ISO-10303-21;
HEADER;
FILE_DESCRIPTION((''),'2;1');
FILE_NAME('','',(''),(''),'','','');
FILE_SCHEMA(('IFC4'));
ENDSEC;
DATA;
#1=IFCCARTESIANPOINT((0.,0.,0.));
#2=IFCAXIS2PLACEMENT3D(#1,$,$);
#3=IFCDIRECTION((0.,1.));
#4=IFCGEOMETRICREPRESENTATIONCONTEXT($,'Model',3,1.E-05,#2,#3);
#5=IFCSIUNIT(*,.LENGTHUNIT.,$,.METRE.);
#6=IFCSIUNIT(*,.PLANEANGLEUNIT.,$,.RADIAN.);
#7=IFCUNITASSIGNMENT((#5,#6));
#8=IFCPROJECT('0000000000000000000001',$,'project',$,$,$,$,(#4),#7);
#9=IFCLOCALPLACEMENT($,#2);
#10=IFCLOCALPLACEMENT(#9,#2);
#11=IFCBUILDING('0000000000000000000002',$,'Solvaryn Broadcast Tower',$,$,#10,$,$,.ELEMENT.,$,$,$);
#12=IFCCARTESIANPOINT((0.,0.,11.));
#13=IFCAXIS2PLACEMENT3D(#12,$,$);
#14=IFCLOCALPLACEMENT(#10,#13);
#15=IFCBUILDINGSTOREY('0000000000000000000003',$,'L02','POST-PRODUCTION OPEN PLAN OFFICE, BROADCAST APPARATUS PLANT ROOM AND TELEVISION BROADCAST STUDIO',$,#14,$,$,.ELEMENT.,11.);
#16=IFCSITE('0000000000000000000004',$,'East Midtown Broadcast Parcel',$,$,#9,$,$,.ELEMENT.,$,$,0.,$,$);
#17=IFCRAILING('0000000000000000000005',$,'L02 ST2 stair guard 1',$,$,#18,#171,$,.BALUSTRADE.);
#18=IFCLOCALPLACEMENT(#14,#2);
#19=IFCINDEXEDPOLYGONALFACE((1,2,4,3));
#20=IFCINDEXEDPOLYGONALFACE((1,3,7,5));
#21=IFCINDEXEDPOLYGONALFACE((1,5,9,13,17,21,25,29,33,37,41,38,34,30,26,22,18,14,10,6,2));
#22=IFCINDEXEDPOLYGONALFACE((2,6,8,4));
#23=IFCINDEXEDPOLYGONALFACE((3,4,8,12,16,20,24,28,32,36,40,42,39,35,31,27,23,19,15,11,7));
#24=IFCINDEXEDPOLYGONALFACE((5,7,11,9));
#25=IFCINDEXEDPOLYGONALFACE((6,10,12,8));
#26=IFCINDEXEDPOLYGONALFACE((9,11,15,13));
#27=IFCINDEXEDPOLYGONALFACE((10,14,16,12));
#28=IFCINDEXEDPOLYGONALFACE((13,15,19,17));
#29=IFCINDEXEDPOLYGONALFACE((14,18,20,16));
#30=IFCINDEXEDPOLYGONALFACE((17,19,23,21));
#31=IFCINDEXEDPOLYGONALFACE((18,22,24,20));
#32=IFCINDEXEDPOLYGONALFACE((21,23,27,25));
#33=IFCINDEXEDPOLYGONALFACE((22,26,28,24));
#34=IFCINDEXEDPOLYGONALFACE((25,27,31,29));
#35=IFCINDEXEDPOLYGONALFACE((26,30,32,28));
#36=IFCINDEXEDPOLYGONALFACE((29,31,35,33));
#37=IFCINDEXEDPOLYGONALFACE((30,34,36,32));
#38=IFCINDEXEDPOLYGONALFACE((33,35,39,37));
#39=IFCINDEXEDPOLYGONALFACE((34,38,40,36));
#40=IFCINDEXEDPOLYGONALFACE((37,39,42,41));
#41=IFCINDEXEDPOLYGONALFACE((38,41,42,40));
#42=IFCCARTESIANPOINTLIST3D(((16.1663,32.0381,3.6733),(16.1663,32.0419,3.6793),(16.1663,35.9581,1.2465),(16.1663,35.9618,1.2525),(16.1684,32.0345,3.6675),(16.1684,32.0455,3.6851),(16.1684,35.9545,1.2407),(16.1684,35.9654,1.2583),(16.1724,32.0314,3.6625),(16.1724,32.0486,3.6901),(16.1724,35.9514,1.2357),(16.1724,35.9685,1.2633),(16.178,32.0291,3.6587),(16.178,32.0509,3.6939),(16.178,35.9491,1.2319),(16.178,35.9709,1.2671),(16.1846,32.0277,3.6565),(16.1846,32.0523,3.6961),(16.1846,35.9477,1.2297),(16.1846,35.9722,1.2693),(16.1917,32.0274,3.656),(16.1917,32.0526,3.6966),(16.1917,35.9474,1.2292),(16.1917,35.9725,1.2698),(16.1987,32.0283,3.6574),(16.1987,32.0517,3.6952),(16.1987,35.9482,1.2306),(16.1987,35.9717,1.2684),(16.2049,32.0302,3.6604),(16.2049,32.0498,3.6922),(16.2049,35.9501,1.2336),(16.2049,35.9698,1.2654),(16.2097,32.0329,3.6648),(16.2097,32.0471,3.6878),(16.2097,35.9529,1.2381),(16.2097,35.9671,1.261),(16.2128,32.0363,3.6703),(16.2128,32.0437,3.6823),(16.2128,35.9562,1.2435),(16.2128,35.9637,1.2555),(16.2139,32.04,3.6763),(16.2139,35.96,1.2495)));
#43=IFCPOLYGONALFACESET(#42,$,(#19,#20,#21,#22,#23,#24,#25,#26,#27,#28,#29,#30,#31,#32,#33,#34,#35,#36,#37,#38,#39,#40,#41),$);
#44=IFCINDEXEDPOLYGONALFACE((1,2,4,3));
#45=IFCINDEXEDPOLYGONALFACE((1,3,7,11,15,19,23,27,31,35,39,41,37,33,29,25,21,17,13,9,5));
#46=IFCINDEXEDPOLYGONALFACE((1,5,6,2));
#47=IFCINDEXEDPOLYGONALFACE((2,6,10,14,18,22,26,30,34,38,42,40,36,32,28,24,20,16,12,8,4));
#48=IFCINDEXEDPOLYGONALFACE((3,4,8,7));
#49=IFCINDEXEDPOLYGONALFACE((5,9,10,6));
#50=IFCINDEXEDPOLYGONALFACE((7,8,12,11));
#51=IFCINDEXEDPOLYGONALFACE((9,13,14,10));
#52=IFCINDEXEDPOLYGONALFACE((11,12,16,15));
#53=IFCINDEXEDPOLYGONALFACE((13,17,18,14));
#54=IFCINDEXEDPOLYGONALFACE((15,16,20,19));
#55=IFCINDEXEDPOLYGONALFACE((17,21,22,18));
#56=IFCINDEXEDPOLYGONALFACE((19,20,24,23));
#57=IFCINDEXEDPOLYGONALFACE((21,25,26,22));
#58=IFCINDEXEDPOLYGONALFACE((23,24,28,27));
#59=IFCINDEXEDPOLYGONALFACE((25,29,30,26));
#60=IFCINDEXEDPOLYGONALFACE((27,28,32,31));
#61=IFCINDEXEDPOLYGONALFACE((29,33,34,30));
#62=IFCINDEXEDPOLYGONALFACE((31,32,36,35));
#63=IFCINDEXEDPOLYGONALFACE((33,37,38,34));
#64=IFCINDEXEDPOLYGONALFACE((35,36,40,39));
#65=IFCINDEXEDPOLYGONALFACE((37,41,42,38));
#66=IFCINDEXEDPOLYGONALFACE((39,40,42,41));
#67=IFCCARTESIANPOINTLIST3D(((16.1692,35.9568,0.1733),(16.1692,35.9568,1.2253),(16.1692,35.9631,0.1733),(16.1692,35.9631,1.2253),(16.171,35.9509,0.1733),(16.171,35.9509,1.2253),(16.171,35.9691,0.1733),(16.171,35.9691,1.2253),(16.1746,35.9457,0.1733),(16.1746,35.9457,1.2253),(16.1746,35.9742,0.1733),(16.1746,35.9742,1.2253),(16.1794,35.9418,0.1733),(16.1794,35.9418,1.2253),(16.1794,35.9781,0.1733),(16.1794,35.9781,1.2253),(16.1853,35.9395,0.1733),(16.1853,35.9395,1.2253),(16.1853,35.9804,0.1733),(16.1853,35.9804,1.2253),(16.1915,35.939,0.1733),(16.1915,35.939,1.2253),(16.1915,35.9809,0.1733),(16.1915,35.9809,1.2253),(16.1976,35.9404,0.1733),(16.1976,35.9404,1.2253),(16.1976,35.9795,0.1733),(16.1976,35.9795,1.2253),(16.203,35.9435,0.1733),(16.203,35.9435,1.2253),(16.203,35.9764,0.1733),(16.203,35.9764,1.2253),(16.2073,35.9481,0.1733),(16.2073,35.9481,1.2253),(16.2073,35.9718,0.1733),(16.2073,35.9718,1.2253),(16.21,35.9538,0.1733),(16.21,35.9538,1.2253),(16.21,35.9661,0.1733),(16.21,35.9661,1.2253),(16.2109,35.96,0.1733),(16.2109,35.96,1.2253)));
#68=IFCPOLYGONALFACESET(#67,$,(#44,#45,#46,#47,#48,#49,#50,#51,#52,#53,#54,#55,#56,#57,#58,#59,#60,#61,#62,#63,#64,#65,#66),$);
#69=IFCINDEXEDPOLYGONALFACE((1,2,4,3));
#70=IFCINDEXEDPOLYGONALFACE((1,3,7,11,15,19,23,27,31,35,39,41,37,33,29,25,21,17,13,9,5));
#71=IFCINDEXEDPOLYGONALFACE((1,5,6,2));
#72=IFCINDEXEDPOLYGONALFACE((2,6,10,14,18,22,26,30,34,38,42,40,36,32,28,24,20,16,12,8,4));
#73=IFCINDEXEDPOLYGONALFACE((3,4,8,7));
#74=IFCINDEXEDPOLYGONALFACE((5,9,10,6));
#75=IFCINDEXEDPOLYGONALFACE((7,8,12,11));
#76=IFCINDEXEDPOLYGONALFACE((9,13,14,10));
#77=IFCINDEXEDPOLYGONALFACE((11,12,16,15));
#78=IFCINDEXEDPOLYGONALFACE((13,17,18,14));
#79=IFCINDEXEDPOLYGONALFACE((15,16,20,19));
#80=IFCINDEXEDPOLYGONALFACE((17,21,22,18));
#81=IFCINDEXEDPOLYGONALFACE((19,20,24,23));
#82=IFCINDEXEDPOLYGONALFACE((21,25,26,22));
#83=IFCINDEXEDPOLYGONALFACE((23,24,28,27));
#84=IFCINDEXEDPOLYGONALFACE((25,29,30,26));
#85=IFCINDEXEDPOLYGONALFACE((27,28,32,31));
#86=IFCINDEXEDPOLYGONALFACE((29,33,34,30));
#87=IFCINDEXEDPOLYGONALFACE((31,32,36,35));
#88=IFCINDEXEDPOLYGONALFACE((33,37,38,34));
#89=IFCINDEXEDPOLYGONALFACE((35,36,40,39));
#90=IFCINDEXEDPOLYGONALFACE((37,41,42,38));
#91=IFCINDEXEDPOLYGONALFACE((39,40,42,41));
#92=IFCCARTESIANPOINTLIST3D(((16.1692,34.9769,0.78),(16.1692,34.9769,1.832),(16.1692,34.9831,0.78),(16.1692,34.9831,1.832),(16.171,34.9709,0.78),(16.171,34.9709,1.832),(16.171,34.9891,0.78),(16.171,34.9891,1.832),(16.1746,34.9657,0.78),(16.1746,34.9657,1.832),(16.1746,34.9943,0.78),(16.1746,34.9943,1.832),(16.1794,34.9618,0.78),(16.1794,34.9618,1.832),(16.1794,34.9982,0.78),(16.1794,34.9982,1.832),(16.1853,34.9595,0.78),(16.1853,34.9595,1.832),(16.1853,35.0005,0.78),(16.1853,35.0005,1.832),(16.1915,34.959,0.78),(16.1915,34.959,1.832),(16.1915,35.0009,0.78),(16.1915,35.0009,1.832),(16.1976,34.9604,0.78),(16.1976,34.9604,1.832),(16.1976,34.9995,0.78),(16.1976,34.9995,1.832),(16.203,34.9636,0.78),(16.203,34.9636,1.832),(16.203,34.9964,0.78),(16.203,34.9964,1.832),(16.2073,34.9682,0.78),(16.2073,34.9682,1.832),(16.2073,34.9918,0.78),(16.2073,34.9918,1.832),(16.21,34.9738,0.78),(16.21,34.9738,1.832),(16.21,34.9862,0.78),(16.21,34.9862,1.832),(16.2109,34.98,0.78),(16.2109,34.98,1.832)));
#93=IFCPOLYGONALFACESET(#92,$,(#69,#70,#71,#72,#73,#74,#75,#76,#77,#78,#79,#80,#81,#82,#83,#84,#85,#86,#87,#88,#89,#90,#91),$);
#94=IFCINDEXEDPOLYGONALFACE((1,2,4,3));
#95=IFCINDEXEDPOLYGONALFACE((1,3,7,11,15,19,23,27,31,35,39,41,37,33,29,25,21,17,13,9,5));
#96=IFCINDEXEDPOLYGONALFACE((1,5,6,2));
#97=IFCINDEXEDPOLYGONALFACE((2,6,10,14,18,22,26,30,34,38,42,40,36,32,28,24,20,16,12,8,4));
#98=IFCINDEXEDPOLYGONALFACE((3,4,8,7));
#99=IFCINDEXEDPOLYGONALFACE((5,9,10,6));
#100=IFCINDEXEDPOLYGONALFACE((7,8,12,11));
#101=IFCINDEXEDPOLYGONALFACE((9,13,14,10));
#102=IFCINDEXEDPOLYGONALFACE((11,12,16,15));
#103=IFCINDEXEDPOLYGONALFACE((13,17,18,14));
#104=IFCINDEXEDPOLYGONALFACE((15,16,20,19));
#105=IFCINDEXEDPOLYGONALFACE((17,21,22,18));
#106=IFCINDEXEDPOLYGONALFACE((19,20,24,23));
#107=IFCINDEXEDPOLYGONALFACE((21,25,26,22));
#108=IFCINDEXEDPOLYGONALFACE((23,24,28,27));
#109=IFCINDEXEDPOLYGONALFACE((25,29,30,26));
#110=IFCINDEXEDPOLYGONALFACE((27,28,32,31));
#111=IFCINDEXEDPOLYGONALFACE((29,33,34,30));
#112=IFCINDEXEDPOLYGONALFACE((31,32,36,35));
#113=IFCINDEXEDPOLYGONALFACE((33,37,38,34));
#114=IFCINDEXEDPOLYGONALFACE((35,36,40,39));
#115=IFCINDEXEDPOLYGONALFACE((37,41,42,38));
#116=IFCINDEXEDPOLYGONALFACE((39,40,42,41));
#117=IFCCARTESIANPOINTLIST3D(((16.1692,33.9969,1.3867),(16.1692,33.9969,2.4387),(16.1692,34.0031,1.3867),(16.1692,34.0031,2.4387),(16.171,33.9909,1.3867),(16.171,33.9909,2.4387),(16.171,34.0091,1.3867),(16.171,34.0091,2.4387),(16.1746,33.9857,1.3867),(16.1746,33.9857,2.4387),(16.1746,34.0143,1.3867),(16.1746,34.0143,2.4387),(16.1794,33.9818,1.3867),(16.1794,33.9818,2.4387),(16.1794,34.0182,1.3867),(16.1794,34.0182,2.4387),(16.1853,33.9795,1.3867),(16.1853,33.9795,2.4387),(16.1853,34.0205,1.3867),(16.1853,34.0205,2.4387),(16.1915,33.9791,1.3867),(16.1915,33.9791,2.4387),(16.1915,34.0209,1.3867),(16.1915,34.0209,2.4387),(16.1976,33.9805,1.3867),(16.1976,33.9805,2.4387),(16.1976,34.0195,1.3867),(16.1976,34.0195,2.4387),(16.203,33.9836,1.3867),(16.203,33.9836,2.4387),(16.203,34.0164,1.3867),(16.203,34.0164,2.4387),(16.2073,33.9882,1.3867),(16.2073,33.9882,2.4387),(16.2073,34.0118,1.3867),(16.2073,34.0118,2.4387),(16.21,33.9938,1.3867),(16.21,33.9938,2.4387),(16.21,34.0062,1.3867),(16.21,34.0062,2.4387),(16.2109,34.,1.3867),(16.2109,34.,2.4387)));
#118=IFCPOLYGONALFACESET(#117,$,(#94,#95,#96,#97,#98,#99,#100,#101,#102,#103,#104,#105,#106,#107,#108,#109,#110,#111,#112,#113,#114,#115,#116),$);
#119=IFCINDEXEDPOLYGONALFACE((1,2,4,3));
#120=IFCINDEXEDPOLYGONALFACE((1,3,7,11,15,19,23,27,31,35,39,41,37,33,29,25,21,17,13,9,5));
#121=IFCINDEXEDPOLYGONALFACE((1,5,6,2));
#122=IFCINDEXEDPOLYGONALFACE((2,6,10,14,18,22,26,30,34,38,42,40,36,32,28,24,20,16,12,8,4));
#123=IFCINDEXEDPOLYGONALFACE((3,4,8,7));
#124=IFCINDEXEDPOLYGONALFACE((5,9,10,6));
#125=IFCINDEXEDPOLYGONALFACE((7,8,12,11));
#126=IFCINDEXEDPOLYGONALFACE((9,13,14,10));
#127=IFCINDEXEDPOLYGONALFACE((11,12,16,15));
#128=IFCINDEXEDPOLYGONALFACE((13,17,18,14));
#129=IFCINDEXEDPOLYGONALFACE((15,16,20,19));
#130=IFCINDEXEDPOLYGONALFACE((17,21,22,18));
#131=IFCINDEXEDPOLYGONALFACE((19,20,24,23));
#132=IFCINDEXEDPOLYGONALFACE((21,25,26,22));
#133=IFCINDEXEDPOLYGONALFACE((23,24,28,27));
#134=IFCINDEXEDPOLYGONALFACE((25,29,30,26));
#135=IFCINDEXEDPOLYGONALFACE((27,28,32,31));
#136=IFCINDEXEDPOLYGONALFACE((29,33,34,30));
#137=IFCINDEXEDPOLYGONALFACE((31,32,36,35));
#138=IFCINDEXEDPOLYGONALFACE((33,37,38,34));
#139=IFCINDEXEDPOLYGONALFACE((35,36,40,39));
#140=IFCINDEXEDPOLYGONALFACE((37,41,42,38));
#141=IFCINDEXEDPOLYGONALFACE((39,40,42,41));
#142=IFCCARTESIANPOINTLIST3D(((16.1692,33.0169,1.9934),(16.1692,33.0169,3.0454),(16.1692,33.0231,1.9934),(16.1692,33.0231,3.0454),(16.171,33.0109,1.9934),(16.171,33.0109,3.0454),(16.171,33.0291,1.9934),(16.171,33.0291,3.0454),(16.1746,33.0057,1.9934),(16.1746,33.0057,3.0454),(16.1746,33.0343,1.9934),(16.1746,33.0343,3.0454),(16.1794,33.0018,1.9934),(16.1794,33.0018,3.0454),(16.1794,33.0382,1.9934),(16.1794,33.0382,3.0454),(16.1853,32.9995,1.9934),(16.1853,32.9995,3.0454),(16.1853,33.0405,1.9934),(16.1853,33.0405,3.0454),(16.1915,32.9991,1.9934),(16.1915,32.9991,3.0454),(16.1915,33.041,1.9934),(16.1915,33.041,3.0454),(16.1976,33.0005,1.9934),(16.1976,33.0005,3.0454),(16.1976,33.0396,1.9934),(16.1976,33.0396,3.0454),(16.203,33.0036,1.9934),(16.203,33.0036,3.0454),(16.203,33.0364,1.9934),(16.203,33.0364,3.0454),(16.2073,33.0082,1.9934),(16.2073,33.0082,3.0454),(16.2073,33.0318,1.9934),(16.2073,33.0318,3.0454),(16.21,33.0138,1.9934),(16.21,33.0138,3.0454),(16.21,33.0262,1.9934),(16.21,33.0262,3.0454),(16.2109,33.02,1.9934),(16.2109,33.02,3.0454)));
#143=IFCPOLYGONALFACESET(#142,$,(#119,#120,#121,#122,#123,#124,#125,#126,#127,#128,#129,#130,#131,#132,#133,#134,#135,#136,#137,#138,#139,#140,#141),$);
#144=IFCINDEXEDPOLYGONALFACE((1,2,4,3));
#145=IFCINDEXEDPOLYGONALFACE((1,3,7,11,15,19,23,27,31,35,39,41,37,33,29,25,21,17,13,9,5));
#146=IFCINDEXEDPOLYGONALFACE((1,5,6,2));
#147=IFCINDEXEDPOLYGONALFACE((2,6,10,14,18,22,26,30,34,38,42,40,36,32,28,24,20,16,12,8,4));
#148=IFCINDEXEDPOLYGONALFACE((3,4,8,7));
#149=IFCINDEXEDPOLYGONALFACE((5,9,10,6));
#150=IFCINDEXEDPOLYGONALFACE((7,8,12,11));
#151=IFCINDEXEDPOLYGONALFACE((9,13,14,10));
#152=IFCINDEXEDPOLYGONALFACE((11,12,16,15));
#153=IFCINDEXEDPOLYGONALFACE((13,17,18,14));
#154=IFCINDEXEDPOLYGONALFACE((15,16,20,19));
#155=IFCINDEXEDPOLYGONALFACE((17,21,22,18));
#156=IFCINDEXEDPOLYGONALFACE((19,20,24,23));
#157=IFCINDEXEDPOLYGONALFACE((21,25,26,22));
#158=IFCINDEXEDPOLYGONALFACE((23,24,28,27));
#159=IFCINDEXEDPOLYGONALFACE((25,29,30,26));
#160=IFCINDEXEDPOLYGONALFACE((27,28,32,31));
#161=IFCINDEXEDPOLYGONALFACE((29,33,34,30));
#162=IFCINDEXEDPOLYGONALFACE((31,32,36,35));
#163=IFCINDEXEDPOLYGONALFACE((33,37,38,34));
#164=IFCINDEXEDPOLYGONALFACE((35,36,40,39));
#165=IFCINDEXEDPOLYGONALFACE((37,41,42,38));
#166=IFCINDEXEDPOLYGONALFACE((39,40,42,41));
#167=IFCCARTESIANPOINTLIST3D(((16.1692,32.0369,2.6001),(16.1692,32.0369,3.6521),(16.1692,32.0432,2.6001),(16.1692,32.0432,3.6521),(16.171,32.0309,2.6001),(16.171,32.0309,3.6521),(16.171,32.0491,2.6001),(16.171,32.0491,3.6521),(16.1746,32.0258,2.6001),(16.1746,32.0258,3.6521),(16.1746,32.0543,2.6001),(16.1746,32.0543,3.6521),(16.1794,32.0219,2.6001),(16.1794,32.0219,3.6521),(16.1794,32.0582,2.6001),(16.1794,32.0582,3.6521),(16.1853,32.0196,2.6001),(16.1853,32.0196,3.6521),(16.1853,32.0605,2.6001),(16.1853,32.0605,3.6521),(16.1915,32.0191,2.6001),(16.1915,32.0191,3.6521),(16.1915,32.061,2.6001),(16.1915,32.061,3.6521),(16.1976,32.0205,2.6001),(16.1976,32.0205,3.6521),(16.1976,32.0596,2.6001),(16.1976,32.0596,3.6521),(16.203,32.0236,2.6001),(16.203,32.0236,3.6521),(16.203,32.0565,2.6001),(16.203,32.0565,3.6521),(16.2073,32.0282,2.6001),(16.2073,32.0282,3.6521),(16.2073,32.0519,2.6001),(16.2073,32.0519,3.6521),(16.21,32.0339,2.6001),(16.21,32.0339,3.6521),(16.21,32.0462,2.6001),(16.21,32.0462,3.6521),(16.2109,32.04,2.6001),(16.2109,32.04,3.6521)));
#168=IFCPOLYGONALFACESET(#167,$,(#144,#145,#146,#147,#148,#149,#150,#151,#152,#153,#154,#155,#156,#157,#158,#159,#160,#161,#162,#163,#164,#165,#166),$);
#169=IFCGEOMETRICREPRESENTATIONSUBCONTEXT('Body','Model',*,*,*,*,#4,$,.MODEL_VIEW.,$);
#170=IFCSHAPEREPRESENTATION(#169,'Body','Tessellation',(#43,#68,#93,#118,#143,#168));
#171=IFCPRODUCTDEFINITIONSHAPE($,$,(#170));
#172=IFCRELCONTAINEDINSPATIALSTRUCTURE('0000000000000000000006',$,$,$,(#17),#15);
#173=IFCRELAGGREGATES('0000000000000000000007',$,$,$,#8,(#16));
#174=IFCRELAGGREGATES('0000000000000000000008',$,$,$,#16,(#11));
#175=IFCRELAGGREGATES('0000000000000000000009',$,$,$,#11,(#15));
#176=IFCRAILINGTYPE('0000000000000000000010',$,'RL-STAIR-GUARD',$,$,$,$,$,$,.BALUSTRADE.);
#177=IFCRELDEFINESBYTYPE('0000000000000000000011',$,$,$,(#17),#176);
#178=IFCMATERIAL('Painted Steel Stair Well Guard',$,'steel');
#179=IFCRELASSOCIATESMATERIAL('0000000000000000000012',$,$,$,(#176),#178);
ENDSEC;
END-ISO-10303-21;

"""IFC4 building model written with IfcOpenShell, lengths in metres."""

from ifc_helpers import new_model, si_unit, direction, frame, origin, origin_2d, place, context, subcontext, project, spatial, circle, extrude, material, type_object, element, save


model = new_model("IFC4")

# Units and contexts
model_context = context("Model", 3, precision=1e-05, world=origin(), true_north=direction((0.0, 1.0)))
body_context = subcontext(model_context, "Body", "Model", "MODEL_VIEW")
ifc_project = project(units=[si_unit("LENGTHUNIT", "METRE"), si_unit("PLANEANGLEUNIT", "RADIAN")], contexts=[model_context])

# Site, building, storey
site_placement = place(None, origin())
site = spatial("IfcSite", under=ifc_project, at=site_placement, Name="East Midtown Broadcast Parcel", CompositionType="ELEMENT", RefElevation=0.0)
building_placement = place(site_placement, origin())
building = spatial("IfcBuilding", under=site, at=building_placement, Name="Solvaryn Broadcast Tower", CompositionType="ELEMENT")
storey_placement = place(building_placement, frame((0.0, 0.0, 11.0)))
storey = spatial("IfcBuildingStorey", under=building, at=storey_placement, Name="L02", Description="POST-PRODUCTION OPEN PLAN OFFICE, BROADCAST APPARATUS PLANT ROOM AND TELEVISION BROADCAST STUDIO", CompositionType="ELEMENT", Elevation=11.0)

# Railing
ifc_material_1 = material(Name="Painted Steel Stair Well Guard", Category="steel")
railing_type = type_object("IfcRailingType", Name="RL-STAIR-GUARD", PredefinedType="BALUSTRADE", material=ifc_material_1)
railing_1_placement = place(storey_placement, frame((16.1899, 35.96, 0.1733)))
element("IfcRailing", 1, at=railing_1_placement, inside=storey, type_object=railing_type, Name="L02 ST2 stair guard 1", PredefinedType="BALUSTRADE", context=body_context, shape_type="SweptSolid", body=[
    extrude(circle(Radius=0.0239, at=origin_2d()), frame((0.0, 0.0, 1.0762), z_axis=(0.0, -0.850252, 0.526376), x_axis=(1.0, 0.0, 0.0)), (0.0, 0.0, 1.0), 4.6104),
    extrude(circle(Radius=0.021, at=origin_2d()), origin(), (0.0, 0.0, 1.0), 1.052),
    extrude(circle(Radius=0.021, at=origin_2d()), frame((0.0, -0.98, 0.6067)), (0.0, 0.0, 1.0), 1.052),
    extrude(circle(Radius=0.021, at=origin_2d()), frame((0.0, -1.96, 1.2134)), (0.0, 0.0, 1.0), 1.052),
    extrude(circle(Radius=0.021, at=origin_2d()), frame((0.0, -2.9399, 1.8201)), (0.0, 0.0, 1.0), 1.052),
    extrude(circle(Radius=0.021, at=origin_2d()), frame((0.0, -3.9199, 2.4268)), (0.0, 0.0, 1.0), 1.052),
])

save(model, "model.ifc")
